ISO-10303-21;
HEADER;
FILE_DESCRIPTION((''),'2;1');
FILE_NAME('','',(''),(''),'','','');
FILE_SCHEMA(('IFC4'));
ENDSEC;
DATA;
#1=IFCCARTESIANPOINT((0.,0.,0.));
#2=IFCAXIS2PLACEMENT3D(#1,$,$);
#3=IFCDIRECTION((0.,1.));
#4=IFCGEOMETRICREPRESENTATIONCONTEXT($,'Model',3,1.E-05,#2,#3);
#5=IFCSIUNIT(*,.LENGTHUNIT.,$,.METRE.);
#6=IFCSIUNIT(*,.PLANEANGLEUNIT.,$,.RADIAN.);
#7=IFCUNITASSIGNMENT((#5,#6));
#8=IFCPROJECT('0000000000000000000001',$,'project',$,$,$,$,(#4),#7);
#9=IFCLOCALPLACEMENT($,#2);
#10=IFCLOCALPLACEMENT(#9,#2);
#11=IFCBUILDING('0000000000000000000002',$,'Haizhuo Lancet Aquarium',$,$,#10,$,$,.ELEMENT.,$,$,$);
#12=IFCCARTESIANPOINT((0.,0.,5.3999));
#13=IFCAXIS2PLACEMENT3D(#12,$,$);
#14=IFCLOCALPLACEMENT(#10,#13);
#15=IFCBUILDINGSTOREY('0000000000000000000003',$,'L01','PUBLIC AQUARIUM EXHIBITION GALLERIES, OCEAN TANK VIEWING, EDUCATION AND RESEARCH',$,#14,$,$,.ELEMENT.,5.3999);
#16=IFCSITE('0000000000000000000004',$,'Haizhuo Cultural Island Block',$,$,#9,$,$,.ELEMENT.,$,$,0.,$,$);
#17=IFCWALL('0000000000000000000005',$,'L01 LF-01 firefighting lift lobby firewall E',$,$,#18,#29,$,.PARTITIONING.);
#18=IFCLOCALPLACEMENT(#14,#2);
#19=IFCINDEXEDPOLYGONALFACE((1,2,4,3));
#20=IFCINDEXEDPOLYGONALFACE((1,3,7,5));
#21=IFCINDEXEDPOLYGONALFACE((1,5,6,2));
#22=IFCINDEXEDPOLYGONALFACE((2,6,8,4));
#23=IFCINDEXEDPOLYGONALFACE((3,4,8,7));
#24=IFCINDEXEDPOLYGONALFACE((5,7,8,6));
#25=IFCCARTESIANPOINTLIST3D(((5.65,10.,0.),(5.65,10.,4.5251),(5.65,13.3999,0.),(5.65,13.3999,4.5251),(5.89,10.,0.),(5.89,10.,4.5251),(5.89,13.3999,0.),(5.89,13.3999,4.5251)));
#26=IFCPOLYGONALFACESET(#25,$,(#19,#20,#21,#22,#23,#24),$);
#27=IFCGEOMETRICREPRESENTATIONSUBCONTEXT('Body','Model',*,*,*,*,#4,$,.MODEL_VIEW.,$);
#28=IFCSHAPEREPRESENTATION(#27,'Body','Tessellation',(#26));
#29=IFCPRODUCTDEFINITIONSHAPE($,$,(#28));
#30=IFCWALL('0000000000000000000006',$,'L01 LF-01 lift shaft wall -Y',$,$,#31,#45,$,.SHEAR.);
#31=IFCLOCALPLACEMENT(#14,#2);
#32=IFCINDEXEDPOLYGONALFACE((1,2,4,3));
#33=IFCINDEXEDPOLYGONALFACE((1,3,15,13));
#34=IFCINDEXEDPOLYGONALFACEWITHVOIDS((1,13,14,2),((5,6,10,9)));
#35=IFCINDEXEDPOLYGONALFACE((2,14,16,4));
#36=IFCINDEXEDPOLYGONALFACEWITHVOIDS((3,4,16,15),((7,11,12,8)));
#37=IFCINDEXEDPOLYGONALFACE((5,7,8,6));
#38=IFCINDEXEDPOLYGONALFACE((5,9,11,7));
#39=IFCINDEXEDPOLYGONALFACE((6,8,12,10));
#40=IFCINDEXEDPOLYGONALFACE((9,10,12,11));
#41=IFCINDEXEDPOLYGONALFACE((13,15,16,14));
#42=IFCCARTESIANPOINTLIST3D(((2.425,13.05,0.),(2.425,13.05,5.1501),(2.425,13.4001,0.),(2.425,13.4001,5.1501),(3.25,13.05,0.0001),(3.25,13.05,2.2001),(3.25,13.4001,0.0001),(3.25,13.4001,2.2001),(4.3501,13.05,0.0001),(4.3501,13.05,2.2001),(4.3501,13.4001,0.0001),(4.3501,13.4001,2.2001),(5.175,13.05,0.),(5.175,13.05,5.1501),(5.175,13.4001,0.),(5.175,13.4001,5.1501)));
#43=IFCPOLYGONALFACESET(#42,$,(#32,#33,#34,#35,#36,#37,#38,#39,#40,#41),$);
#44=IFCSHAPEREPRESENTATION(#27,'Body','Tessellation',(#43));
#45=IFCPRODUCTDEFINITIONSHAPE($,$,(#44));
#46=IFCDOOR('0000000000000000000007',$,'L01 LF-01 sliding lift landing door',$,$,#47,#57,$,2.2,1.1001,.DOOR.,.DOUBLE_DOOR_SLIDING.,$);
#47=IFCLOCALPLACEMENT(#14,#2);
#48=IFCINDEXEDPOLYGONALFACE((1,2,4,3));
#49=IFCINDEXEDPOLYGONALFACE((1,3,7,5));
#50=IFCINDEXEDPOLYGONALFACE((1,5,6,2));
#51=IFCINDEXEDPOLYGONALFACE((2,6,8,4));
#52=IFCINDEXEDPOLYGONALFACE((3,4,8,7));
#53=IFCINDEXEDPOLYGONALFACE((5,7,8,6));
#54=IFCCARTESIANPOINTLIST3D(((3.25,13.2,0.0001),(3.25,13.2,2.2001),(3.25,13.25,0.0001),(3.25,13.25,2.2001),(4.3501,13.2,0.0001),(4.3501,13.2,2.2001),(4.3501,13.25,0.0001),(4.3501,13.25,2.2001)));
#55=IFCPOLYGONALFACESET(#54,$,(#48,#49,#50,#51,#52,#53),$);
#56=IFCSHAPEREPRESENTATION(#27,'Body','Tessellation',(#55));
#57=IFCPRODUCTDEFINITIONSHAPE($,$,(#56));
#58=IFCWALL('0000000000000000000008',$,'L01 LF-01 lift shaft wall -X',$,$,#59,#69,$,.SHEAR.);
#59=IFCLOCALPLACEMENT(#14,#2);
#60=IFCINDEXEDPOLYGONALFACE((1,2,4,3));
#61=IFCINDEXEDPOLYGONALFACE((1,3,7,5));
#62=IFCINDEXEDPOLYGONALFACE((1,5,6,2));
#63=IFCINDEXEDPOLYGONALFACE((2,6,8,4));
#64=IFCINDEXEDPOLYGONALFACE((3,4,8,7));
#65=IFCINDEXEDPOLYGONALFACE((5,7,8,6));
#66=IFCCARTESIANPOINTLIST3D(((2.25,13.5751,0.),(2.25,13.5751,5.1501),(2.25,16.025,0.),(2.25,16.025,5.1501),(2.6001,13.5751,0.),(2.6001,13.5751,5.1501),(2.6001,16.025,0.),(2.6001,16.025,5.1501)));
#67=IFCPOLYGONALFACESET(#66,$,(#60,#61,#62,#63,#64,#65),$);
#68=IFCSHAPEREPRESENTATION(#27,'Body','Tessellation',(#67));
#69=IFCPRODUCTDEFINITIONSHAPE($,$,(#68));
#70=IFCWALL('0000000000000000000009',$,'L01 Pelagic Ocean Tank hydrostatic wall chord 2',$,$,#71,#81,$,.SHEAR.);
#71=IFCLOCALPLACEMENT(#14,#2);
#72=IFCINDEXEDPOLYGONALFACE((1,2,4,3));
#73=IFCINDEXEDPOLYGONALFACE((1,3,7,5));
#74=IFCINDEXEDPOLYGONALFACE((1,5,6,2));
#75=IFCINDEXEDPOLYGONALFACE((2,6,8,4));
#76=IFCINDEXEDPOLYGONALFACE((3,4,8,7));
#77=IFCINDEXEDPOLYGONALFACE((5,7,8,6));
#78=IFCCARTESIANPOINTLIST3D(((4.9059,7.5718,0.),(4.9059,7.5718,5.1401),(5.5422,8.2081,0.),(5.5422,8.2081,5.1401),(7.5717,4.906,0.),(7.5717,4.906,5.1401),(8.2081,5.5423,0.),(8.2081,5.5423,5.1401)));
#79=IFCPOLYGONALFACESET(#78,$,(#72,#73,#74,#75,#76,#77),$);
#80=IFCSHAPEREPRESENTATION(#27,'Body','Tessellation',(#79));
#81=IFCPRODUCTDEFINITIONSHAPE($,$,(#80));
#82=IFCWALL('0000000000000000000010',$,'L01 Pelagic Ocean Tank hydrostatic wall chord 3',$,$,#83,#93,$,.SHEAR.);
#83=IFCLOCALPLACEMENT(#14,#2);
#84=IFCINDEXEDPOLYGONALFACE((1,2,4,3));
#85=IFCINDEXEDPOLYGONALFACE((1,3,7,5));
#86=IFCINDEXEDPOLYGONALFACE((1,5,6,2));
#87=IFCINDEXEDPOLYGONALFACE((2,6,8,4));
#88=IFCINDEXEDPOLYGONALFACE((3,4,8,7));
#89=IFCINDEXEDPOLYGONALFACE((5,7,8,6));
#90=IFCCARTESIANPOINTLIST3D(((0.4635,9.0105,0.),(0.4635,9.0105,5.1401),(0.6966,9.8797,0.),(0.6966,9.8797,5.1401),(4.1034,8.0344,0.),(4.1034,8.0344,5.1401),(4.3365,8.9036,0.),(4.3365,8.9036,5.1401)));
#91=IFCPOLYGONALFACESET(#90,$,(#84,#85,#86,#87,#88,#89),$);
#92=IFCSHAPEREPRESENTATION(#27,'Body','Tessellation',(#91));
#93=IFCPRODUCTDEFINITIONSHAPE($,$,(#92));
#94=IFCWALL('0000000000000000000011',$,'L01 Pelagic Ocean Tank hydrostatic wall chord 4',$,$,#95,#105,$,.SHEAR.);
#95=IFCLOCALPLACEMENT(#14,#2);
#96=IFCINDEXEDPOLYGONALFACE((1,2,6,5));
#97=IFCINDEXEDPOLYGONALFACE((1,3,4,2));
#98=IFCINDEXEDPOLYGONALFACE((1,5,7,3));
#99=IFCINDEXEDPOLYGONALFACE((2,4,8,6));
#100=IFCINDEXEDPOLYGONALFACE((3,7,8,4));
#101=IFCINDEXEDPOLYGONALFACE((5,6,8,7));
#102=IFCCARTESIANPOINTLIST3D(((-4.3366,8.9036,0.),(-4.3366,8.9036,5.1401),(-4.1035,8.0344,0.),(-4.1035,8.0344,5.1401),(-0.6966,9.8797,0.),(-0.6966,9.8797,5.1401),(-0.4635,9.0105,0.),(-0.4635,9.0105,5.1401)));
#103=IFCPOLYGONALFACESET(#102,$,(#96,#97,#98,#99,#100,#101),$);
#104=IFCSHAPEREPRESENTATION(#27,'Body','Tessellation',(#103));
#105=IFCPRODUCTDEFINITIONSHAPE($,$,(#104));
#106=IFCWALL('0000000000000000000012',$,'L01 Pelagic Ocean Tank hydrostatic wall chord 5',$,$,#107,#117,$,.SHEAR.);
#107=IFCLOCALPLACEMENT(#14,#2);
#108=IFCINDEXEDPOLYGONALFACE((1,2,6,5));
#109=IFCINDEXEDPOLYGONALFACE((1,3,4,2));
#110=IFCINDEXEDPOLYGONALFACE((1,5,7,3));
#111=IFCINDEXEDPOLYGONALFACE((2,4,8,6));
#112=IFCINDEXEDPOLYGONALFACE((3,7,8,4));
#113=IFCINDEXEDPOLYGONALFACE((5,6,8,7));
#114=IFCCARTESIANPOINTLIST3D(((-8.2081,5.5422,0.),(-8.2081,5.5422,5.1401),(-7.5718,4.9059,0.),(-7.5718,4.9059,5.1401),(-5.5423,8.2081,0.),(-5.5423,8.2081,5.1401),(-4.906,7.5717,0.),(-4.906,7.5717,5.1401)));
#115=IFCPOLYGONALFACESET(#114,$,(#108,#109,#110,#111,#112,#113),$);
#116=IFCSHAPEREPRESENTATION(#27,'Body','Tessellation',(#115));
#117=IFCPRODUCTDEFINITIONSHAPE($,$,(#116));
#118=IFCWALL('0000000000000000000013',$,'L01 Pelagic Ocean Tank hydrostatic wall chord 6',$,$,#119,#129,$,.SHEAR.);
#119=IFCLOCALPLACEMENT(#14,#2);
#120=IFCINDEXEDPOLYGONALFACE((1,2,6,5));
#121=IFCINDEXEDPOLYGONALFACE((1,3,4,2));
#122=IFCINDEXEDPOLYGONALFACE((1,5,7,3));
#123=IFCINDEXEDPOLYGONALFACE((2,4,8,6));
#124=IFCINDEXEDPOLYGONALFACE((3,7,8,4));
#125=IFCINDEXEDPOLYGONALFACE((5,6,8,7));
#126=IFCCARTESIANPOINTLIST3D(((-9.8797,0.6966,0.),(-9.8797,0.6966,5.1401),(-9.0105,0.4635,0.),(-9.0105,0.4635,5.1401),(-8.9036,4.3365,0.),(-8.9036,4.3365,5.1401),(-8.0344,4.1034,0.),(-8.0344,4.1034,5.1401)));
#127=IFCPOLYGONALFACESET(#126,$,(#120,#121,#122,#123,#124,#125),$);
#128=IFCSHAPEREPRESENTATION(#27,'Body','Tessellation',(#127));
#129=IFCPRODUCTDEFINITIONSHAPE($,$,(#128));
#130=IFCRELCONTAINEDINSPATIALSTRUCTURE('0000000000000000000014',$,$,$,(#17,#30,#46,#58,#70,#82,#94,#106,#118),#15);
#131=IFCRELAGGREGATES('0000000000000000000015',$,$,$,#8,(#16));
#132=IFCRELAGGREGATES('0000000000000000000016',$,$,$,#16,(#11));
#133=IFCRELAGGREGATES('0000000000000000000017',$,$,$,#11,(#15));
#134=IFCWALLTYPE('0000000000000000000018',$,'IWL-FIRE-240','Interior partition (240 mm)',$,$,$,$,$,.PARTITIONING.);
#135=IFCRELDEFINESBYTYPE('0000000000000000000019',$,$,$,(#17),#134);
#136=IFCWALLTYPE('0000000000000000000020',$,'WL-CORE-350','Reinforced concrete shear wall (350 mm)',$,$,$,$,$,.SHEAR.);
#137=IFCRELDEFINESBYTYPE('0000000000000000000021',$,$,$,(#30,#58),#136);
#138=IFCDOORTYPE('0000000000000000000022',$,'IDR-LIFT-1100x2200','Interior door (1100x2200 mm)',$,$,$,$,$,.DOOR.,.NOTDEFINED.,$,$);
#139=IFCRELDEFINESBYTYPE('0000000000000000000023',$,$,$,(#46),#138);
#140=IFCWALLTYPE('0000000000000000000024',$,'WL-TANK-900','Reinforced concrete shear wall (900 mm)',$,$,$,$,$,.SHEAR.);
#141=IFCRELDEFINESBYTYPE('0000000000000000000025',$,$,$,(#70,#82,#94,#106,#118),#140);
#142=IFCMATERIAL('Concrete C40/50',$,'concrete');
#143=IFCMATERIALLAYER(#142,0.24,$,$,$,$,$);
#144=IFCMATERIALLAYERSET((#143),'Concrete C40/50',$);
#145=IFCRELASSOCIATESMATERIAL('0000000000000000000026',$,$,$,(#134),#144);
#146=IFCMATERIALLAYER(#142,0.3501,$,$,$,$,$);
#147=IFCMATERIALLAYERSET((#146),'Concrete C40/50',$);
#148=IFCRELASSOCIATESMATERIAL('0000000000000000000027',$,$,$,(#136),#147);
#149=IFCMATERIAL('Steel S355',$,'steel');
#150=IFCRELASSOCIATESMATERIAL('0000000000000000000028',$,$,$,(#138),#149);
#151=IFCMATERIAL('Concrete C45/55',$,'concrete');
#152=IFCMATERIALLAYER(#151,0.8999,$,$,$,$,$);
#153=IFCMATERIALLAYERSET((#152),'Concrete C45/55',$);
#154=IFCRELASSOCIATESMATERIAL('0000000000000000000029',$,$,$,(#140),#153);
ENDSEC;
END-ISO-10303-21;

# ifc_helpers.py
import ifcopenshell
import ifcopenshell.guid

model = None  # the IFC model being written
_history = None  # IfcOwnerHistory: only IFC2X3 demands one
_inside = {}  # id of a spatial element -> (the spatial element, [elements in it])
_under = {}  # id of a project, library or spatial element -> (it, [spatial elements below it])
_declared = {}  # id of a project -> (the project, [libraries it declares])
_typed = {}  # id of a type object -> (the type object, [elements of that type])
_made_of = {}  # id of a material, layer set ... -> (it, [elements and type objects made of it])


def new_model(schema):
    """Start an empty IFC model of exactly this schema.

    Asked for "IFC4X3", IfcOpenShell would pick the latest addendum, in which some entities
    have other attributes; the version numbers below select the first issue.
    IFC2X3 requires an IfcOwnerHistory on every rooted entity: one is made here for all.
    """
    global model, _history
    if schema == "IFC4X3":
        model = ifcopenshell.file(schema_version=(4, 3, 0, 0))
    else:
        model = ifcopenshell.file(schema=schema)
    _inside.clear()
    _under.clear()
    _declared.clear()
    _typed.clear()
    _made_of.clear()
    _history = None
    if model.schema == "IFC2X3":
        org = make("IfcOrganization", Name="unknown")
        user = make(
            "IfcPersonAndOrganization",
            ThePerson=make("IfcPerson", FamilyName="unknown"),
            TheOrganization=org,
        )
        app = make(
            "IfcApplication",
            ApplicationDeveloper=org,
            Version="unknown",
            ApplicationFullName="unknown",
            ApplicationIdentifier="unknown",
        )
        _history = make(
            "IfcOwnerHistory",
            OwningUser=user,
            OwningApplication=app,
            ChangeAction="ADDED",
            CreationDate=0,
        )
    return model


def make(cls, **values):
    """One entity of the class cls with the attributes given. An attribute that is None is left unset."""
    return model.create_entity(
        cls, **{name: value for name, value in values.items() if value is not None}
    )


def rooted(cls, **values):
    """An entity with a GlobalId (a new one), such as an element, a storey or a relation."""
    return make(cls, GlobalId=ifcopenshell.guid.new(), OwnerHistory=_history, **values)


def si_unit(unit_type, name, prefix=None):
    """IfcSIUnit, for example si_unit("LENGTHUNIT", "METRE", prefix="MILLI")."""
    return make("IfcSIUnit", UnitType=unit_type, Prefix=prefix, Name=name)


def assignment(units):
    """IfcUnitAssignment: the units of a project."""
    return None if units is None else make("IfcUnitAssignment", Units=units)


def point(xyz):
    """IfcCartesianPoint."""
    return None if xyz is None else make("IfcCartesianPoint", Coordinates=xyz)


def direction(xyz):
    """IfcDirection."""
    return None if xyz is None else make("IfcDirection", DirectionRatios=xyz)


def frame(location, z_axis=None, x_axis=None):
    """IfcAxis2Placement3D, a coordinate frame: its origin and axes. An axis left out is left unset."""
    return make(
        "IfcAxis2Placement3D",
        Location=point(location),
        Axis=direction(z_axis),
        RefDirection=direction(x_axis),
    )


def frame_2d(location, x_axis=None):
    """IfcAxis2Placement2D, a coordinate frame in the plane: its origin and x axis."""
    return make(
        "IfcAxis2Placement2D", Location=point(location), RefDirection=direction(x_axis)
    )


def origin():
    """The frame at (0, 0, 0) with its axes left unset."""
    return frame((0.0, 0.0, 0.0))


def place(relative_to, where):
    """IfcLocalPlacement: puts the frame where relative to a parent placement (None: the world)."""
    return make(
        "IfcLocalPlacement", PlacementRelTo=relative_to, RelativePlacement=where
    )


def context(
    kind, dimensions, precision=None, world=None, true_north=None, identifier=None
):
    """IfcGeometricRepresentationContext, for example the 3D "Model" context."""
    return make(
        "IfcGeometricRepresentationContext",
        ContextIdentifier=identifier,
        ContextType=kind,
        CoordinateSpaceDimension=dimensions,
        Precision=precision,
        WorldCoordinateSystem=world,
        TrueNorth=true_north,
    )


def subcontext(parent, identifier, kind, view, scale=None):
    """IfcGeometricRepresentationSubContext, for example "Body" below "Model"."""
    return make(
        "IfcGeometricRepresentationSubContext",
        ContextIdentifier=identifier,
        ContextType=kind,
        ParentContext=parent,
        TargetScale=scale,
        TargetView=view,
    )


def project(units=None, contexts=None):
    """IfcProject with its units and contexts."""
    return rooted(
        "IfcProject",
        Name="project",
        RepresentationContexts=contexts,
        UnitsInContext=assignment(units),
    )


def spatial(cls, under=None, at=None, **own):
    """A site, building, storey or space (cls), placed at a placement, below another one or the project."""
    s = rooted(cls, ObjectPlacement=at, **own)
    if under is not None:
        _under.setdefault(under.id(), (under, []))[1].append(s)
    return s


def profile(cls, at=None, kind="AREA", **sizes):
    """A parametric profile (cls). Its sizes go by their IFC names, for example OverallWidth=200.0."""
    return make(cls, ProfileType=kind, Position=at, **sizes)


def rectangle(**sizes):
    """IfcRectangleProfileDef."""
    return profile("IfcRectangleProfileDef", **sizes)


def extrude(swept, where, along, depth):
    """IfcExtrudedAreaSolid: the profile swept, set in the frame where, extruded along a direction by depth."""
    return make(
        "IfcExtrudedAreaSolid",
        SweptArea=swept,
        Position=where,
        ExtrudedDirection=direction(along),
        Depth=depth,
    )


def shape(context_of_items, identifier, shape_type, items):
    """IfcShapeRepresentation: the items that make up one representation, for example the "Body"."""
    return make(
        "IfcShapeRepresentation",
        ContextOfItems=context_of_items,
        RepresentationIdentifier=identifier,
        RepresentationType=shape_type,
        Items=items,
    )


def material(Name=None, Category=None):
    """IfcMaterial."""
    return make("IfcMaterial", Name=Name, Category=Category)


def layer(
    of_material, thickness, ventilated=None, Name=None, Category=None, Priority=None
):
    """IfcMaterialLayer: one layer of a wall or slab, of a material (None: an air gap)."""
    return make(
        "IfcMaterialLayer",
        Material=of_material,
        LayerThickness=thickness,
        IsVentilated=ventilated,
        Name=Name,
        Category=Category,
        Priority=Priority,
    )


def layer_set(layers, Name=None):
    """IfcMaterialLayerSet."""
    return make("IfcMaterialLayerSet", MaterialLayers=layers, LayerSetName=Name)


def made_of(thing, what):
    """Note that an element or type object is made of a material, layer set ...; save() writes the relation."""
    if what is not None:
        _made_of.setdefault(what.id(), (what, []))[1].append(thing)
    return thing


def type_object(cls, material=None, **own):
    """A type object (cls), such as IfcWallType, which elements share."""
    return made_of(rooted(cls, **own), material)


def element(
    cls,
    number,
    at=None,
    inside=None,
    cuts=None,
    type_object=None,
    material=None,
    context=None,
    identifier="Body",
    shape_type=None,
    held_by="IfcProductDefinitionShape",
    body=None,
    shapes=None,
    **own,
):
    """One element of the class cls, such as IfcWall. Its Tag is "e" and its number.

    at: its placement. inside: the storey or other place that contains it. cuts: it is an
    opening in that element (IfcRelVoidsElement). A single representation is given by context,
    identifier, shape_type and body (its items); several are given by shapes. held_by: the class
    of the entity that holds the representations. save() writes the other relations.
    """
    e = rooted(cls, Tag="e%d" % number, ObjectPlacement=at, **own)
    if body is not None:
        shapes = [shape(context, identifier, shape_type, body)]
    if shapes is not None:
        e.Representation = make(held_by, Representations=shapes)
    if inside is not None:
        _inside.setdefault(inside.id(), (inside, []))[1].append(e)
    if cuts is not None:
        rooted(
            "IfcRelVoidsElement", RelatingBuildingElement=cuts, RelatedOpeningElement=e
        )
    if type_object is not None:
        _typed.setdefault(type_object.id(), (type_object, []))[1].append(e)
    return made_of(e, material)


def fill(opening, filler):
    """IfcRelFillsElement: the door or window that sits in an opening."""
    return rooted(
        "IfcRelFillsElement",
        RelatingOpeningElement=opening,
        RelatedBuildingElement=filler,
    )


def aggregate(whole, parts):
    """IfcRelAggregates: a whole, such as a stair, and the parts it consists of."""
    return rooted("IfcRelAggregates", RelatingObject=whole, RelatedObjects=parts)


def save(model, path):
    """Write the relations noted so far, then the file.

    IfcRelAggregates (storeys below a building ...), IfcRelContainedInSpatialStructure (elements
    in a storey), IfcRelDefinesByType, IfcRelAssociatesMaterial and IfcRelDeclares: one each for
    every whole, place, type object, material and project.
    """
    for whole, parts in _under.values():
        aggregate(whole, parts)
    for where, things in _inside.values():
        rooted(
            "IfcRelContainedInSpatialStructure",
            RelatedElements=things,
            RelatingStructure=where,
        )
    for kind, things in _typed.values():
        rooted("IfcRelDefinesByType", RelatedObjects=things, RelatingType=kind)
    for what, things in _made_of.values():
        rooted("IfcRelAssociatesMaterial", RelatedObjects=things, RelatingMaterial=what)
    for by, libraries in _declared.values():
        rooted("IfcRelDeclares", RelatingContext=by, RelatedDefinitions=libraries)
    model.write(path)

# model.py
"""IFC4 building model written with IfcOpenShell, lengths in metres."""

from ifc_helpers import new_model, si_unit, direction, frame, frame_2d, origin, place, context, subcontext, project, spatial, rectangle, extrude, material, layer, layer_set, type_object, element, fill, save


model = new_model("IFC4")

# Units and contexts
model_context = context("Model", 3, precision=1e-05, world=origin(), true_north=direction((0.0, 1.0)))
body_context = subcontext(model_context, "Body", "Model", "MODEL_VIEW")
ifc_project = project(units=[si_unit("LENGTHUNIT", "METRE"), si_unit("PLANEANGLEUNIT", "RADIAN")], contexts=[model_context])

# Site, building, storey
site_placement = place(None, origin())
site = spatial("IfcSite", under=ifc_project, at=site_placement, Name="Haizhuo Cultural Island Block", CompositionType="ELEMENT", RefElevation=0.0)
building_placement = place(site_placement, origin())
building = spatial("IfcBuilding", under=site, at=building_placement, Name="Haizhuo Lancet Aquarium", CompositionType="ELEMENT")
storey_placement = place(building_placement, frame((0.0, 0.0, 5.3999)))
storey = spatial("IfcBuildingStorey", under=building, at=storey_placement, Name="L01", Description="PUBLIC AQUARIUM EXHIBITION GALLERIES, OCEAN TANK VIEWING, EDUCATION AND RESEARCH", CompositionType="ELEMENT", Elevation=5.3999)

# Shared definitions
ifc_material_1 = material(Name="Concrete C40/50", Category="concrete")
ifc_material_2 = material(Name="Steel S355", Category="steel")

# Shared definitions
ifc_layer_1 = layer(ifc_material_1, 0.24)
ifc_layer_set_1 = layer_set([ifc_layer_1], Name="Concrete C40/50")
wall_type_1 = type_object("IfcWallType", Name="IWL-FIRE-240", Description="Interior partition (240 mm)", PredefinedType="PARTITIONING", material=ifc_layer_set_1)

# Wall
wall_1_placement = place(storey_placement, frame((5.77, 10.0, 0.0), z_axis=(0.0, 0.0, 1.0), x_axis=(0.0, 1.0, 0.0)))
element("IfcWall", 1, at=wall_1_placement, inside=storey, type_object=wall_type_1, Name="L01 LF-01 firefighting lift lobby firewall E", PredefinedType="PARTITIONING", context=body_context, shape_type="SweptSolid", body=[
    extrude(rectangle(XDim=3.3999, YDim=0.24, at=frame_2d((1.7, 0.0))), origin(), (0.0, 0.0, 1.0), 4.5251),
])

# Wall, opening, door
ifc_layer_2 = layer(ifc_material_1, 0.3501)
ifc_layer_set_2 = layer_set([ifc_layer_2], Name="Concrete C40/50")
wall_type_2 = type_object("IfcWallType", Name="WL-CORE-350", Description="Reinforced concrete shear wall (350 mm)", PredefinedType="SHEAR", material=ifc_layer_set_2)
wall_2_placement = place(storey_placement, frame((2.425, 13.2251, 0.0), z_axis=(0.0, 0.0, 1.0), x_axis=(1.0, 0.0, 0.0)))
wall_2 = element("IfcWall", 2, at=wall_2_placement, inside=storey, type_object=wall_type_2, Name="L01 LF-01 lift shaft wall -Y", PredefinedType="SHEAR", context=body_context, shape_type="SweptSolid", body=[
    extrude(rectangle(XDim=2.75, YDim=0.3501, at=frame_2d((1.375, 0.0))), origin(), (0.0, 0.0, 1.0), 5.1501),
])
opening_1_placement = place(wall_2_placement, frame((0.825, 0.0, 0.0)))
opening_1 = element("IfcOpeningElement", 3, at=opening_1_placement, cuts=wall_2, PredefinedType="OPENING", context=body_context, shape_type="SweptSolid", body=[
    extrude(rectangle(XDim=1.1001, YDim=2.2, at=frame_2d((0.55, 1.1001))), frame((0.0, 0.1851, 0.0), z_axis=(0.0, -1.0, 0.0), x_axis=(1.0, 0.0, 0.0)), (0.0, 0.0, 1.0), 0.3701),
])
door_type_1 = type_object("IfcDoorType", Name="IDR-LIFT-1100x2200", Description="Interior door (1100x2200 mm)", OperationType="NOTDEFINED", PredefinedType="DOOR", material=ifc_material_2)
door_1_placement = place(opening_1_placement, origin())
door_1 = element("IfcDoor", 4, at=door_1_placement, inside=storey, type_object=door_type_1, Name="L01 LF-01 sliding lift landing door", OperationType="DOUBLE_DOOR_SLIDING", OverallHeight=2.2, OverallWidth=1.1001, PredefinedType="DOOR", context=body_context, shape_type="SweptSolid", body=[
    extrude(rectangle(XDim=1.1001, YDim=2.2, at=frame_2d((0.55, 1.1001))), frame((0.0, 0.0249, 0.0), z_axis=(0.0, -1.0, 0.0), x_axis=(1.0, 0.0, 0.0)), (0.0, 0.0, 1.0), 0.05),
])
fill(opening_1, door_1)

# Walls
wall_3_placement = place(storey_placement, frame((2.425, 13.575, 0.0), z_axis=(0.0, 0.0, 1.0), x_axis=(0.0, 1.0, 0.0)))
element("IfcWall", 5, at=wall_3_placement, inside=storey, type_object=wall_type_2, Name="L01 LF-01 lift shaft wall -X", PredefinedType="SHEAR", context=body_context, shape_type="SweptSolid", body=[
    extrude(rectangle(XDim=2.45, YDim=0.3501, at=frame_2d((1.2251, 0.0))), origin(), (0.0, 0.0, 1.0), 5.1501),
])
ifc_material_3 = material(Name="Concrete C45/55", Category="concrete")
ifc_layer_3 = layer(ifc_material_3, 0.8999)
ifc_layer_set_3 = layer_set([ifc_layer_3], Name="Concrete C45/55")
wall_type_3 = type_object("IfcWallType", Name="WL-TANK-900", Description="Reinforced concrete shear wall (900 mm)", PredefinedType="SHEAR", material=ifc_layer_set_3)
wall_4_placement = place(storey_placement, frame((7.8899, 5.2241, 0.0), z_axis=(0.0, 0.0, 1.0), x_axis=(-0.707107, 0.707107, 0.0)))
element("IfcWall", 6, at=wall_4_placement, inside=storey, type_object=wall_type_3, Name="L01 Pelagic Ocean Tank hydrostatic wall chord 2", PredefinedType="SHEAR", context=body_context, shape_type="SweptSolid", body=[
    extrude(rectangle(XDim=3.77, YDim=0.8999, at=frame_2d((1.885, 0.0))), origin(), (0.0, 0.0, 1.0), 5.1401),
])
for number, where, z_axis, x_axis, name in (
    (7, (4.22, 8.469, 0.0), (0.0, 0.0, 1.0), (-0.965875, 0.259009, 0.0), "L01 Pelagic Ocean Tank hydrostatic wall chord 3"),
    (8, (-0.5801, 9.4451, 0.0), (0.0, 0.0, 1.0), (-0.965875, -0.259009, 0.0), "L01 Pelagic Ocean Tank hydrostatic wall chord 4"),
):
    element("IfcWall", number, at=place(storey_placement, frame(where, z_axis=z_axis, x_axis=x_axis)), inside=storey, type_object=wall_type_3, Name=name, PredefinedType="SHEAR", context=body_context, shape_type="SweptSolid", body=[
        extrude(rectangle(XDim=3.7686, YDim=0.8999, at=frame_2d((1.8843, 0.0))), origin(), (0.0, 0.0, 1.0), 5.1401),
    ])
wall_5_placement = place(storey_placement, frame((-5.2241, 7.8899, 0.0), z_axis=(0.0, 0.0, 1.0), x_axis=(-0.707107, -0.707107, 0.0)))
element("IfcWall", 9, at=wall_5_placement, inside=storey, type_object=wall_type_3, Name="L01 Pelagic Ocean Tank hydrostatic wall chord 5", PredefinedType="SHEAR", context=body_context, shape_type="SweptSolid", body=[
    extrude(rectangle(XDim=3.77, YDim=0.8999, at=frame_2d((1.885, 0.0))), origin(), (0.0, 0.0, 1.0), 5.1401),
])
wall_6_placement = place(storey_placement, frame((-8.469, 4.22, 0.0), z_axis=(0.0, 0.0, 1.0), x_axis=(-0.259009, -0.965875, 0.0)))
element("IfcWall", 10, at=wall_6_placement, inside=storey, type_object=wall_type_3, Name="L01 Pelagic Ocean Tank hydrostatic wall chord 6", PredefinedType="SHEAR", context=body_context, shape_type="SweptSolid", body=[
    extrude(rectangle(XDim=3.7686, YDim=0.8999, at=frame_2d((1.8843, 0.0))), origin(), (0.0, 0.0, 1.0), 5.1401),
])

save(model, "model.ifc")
